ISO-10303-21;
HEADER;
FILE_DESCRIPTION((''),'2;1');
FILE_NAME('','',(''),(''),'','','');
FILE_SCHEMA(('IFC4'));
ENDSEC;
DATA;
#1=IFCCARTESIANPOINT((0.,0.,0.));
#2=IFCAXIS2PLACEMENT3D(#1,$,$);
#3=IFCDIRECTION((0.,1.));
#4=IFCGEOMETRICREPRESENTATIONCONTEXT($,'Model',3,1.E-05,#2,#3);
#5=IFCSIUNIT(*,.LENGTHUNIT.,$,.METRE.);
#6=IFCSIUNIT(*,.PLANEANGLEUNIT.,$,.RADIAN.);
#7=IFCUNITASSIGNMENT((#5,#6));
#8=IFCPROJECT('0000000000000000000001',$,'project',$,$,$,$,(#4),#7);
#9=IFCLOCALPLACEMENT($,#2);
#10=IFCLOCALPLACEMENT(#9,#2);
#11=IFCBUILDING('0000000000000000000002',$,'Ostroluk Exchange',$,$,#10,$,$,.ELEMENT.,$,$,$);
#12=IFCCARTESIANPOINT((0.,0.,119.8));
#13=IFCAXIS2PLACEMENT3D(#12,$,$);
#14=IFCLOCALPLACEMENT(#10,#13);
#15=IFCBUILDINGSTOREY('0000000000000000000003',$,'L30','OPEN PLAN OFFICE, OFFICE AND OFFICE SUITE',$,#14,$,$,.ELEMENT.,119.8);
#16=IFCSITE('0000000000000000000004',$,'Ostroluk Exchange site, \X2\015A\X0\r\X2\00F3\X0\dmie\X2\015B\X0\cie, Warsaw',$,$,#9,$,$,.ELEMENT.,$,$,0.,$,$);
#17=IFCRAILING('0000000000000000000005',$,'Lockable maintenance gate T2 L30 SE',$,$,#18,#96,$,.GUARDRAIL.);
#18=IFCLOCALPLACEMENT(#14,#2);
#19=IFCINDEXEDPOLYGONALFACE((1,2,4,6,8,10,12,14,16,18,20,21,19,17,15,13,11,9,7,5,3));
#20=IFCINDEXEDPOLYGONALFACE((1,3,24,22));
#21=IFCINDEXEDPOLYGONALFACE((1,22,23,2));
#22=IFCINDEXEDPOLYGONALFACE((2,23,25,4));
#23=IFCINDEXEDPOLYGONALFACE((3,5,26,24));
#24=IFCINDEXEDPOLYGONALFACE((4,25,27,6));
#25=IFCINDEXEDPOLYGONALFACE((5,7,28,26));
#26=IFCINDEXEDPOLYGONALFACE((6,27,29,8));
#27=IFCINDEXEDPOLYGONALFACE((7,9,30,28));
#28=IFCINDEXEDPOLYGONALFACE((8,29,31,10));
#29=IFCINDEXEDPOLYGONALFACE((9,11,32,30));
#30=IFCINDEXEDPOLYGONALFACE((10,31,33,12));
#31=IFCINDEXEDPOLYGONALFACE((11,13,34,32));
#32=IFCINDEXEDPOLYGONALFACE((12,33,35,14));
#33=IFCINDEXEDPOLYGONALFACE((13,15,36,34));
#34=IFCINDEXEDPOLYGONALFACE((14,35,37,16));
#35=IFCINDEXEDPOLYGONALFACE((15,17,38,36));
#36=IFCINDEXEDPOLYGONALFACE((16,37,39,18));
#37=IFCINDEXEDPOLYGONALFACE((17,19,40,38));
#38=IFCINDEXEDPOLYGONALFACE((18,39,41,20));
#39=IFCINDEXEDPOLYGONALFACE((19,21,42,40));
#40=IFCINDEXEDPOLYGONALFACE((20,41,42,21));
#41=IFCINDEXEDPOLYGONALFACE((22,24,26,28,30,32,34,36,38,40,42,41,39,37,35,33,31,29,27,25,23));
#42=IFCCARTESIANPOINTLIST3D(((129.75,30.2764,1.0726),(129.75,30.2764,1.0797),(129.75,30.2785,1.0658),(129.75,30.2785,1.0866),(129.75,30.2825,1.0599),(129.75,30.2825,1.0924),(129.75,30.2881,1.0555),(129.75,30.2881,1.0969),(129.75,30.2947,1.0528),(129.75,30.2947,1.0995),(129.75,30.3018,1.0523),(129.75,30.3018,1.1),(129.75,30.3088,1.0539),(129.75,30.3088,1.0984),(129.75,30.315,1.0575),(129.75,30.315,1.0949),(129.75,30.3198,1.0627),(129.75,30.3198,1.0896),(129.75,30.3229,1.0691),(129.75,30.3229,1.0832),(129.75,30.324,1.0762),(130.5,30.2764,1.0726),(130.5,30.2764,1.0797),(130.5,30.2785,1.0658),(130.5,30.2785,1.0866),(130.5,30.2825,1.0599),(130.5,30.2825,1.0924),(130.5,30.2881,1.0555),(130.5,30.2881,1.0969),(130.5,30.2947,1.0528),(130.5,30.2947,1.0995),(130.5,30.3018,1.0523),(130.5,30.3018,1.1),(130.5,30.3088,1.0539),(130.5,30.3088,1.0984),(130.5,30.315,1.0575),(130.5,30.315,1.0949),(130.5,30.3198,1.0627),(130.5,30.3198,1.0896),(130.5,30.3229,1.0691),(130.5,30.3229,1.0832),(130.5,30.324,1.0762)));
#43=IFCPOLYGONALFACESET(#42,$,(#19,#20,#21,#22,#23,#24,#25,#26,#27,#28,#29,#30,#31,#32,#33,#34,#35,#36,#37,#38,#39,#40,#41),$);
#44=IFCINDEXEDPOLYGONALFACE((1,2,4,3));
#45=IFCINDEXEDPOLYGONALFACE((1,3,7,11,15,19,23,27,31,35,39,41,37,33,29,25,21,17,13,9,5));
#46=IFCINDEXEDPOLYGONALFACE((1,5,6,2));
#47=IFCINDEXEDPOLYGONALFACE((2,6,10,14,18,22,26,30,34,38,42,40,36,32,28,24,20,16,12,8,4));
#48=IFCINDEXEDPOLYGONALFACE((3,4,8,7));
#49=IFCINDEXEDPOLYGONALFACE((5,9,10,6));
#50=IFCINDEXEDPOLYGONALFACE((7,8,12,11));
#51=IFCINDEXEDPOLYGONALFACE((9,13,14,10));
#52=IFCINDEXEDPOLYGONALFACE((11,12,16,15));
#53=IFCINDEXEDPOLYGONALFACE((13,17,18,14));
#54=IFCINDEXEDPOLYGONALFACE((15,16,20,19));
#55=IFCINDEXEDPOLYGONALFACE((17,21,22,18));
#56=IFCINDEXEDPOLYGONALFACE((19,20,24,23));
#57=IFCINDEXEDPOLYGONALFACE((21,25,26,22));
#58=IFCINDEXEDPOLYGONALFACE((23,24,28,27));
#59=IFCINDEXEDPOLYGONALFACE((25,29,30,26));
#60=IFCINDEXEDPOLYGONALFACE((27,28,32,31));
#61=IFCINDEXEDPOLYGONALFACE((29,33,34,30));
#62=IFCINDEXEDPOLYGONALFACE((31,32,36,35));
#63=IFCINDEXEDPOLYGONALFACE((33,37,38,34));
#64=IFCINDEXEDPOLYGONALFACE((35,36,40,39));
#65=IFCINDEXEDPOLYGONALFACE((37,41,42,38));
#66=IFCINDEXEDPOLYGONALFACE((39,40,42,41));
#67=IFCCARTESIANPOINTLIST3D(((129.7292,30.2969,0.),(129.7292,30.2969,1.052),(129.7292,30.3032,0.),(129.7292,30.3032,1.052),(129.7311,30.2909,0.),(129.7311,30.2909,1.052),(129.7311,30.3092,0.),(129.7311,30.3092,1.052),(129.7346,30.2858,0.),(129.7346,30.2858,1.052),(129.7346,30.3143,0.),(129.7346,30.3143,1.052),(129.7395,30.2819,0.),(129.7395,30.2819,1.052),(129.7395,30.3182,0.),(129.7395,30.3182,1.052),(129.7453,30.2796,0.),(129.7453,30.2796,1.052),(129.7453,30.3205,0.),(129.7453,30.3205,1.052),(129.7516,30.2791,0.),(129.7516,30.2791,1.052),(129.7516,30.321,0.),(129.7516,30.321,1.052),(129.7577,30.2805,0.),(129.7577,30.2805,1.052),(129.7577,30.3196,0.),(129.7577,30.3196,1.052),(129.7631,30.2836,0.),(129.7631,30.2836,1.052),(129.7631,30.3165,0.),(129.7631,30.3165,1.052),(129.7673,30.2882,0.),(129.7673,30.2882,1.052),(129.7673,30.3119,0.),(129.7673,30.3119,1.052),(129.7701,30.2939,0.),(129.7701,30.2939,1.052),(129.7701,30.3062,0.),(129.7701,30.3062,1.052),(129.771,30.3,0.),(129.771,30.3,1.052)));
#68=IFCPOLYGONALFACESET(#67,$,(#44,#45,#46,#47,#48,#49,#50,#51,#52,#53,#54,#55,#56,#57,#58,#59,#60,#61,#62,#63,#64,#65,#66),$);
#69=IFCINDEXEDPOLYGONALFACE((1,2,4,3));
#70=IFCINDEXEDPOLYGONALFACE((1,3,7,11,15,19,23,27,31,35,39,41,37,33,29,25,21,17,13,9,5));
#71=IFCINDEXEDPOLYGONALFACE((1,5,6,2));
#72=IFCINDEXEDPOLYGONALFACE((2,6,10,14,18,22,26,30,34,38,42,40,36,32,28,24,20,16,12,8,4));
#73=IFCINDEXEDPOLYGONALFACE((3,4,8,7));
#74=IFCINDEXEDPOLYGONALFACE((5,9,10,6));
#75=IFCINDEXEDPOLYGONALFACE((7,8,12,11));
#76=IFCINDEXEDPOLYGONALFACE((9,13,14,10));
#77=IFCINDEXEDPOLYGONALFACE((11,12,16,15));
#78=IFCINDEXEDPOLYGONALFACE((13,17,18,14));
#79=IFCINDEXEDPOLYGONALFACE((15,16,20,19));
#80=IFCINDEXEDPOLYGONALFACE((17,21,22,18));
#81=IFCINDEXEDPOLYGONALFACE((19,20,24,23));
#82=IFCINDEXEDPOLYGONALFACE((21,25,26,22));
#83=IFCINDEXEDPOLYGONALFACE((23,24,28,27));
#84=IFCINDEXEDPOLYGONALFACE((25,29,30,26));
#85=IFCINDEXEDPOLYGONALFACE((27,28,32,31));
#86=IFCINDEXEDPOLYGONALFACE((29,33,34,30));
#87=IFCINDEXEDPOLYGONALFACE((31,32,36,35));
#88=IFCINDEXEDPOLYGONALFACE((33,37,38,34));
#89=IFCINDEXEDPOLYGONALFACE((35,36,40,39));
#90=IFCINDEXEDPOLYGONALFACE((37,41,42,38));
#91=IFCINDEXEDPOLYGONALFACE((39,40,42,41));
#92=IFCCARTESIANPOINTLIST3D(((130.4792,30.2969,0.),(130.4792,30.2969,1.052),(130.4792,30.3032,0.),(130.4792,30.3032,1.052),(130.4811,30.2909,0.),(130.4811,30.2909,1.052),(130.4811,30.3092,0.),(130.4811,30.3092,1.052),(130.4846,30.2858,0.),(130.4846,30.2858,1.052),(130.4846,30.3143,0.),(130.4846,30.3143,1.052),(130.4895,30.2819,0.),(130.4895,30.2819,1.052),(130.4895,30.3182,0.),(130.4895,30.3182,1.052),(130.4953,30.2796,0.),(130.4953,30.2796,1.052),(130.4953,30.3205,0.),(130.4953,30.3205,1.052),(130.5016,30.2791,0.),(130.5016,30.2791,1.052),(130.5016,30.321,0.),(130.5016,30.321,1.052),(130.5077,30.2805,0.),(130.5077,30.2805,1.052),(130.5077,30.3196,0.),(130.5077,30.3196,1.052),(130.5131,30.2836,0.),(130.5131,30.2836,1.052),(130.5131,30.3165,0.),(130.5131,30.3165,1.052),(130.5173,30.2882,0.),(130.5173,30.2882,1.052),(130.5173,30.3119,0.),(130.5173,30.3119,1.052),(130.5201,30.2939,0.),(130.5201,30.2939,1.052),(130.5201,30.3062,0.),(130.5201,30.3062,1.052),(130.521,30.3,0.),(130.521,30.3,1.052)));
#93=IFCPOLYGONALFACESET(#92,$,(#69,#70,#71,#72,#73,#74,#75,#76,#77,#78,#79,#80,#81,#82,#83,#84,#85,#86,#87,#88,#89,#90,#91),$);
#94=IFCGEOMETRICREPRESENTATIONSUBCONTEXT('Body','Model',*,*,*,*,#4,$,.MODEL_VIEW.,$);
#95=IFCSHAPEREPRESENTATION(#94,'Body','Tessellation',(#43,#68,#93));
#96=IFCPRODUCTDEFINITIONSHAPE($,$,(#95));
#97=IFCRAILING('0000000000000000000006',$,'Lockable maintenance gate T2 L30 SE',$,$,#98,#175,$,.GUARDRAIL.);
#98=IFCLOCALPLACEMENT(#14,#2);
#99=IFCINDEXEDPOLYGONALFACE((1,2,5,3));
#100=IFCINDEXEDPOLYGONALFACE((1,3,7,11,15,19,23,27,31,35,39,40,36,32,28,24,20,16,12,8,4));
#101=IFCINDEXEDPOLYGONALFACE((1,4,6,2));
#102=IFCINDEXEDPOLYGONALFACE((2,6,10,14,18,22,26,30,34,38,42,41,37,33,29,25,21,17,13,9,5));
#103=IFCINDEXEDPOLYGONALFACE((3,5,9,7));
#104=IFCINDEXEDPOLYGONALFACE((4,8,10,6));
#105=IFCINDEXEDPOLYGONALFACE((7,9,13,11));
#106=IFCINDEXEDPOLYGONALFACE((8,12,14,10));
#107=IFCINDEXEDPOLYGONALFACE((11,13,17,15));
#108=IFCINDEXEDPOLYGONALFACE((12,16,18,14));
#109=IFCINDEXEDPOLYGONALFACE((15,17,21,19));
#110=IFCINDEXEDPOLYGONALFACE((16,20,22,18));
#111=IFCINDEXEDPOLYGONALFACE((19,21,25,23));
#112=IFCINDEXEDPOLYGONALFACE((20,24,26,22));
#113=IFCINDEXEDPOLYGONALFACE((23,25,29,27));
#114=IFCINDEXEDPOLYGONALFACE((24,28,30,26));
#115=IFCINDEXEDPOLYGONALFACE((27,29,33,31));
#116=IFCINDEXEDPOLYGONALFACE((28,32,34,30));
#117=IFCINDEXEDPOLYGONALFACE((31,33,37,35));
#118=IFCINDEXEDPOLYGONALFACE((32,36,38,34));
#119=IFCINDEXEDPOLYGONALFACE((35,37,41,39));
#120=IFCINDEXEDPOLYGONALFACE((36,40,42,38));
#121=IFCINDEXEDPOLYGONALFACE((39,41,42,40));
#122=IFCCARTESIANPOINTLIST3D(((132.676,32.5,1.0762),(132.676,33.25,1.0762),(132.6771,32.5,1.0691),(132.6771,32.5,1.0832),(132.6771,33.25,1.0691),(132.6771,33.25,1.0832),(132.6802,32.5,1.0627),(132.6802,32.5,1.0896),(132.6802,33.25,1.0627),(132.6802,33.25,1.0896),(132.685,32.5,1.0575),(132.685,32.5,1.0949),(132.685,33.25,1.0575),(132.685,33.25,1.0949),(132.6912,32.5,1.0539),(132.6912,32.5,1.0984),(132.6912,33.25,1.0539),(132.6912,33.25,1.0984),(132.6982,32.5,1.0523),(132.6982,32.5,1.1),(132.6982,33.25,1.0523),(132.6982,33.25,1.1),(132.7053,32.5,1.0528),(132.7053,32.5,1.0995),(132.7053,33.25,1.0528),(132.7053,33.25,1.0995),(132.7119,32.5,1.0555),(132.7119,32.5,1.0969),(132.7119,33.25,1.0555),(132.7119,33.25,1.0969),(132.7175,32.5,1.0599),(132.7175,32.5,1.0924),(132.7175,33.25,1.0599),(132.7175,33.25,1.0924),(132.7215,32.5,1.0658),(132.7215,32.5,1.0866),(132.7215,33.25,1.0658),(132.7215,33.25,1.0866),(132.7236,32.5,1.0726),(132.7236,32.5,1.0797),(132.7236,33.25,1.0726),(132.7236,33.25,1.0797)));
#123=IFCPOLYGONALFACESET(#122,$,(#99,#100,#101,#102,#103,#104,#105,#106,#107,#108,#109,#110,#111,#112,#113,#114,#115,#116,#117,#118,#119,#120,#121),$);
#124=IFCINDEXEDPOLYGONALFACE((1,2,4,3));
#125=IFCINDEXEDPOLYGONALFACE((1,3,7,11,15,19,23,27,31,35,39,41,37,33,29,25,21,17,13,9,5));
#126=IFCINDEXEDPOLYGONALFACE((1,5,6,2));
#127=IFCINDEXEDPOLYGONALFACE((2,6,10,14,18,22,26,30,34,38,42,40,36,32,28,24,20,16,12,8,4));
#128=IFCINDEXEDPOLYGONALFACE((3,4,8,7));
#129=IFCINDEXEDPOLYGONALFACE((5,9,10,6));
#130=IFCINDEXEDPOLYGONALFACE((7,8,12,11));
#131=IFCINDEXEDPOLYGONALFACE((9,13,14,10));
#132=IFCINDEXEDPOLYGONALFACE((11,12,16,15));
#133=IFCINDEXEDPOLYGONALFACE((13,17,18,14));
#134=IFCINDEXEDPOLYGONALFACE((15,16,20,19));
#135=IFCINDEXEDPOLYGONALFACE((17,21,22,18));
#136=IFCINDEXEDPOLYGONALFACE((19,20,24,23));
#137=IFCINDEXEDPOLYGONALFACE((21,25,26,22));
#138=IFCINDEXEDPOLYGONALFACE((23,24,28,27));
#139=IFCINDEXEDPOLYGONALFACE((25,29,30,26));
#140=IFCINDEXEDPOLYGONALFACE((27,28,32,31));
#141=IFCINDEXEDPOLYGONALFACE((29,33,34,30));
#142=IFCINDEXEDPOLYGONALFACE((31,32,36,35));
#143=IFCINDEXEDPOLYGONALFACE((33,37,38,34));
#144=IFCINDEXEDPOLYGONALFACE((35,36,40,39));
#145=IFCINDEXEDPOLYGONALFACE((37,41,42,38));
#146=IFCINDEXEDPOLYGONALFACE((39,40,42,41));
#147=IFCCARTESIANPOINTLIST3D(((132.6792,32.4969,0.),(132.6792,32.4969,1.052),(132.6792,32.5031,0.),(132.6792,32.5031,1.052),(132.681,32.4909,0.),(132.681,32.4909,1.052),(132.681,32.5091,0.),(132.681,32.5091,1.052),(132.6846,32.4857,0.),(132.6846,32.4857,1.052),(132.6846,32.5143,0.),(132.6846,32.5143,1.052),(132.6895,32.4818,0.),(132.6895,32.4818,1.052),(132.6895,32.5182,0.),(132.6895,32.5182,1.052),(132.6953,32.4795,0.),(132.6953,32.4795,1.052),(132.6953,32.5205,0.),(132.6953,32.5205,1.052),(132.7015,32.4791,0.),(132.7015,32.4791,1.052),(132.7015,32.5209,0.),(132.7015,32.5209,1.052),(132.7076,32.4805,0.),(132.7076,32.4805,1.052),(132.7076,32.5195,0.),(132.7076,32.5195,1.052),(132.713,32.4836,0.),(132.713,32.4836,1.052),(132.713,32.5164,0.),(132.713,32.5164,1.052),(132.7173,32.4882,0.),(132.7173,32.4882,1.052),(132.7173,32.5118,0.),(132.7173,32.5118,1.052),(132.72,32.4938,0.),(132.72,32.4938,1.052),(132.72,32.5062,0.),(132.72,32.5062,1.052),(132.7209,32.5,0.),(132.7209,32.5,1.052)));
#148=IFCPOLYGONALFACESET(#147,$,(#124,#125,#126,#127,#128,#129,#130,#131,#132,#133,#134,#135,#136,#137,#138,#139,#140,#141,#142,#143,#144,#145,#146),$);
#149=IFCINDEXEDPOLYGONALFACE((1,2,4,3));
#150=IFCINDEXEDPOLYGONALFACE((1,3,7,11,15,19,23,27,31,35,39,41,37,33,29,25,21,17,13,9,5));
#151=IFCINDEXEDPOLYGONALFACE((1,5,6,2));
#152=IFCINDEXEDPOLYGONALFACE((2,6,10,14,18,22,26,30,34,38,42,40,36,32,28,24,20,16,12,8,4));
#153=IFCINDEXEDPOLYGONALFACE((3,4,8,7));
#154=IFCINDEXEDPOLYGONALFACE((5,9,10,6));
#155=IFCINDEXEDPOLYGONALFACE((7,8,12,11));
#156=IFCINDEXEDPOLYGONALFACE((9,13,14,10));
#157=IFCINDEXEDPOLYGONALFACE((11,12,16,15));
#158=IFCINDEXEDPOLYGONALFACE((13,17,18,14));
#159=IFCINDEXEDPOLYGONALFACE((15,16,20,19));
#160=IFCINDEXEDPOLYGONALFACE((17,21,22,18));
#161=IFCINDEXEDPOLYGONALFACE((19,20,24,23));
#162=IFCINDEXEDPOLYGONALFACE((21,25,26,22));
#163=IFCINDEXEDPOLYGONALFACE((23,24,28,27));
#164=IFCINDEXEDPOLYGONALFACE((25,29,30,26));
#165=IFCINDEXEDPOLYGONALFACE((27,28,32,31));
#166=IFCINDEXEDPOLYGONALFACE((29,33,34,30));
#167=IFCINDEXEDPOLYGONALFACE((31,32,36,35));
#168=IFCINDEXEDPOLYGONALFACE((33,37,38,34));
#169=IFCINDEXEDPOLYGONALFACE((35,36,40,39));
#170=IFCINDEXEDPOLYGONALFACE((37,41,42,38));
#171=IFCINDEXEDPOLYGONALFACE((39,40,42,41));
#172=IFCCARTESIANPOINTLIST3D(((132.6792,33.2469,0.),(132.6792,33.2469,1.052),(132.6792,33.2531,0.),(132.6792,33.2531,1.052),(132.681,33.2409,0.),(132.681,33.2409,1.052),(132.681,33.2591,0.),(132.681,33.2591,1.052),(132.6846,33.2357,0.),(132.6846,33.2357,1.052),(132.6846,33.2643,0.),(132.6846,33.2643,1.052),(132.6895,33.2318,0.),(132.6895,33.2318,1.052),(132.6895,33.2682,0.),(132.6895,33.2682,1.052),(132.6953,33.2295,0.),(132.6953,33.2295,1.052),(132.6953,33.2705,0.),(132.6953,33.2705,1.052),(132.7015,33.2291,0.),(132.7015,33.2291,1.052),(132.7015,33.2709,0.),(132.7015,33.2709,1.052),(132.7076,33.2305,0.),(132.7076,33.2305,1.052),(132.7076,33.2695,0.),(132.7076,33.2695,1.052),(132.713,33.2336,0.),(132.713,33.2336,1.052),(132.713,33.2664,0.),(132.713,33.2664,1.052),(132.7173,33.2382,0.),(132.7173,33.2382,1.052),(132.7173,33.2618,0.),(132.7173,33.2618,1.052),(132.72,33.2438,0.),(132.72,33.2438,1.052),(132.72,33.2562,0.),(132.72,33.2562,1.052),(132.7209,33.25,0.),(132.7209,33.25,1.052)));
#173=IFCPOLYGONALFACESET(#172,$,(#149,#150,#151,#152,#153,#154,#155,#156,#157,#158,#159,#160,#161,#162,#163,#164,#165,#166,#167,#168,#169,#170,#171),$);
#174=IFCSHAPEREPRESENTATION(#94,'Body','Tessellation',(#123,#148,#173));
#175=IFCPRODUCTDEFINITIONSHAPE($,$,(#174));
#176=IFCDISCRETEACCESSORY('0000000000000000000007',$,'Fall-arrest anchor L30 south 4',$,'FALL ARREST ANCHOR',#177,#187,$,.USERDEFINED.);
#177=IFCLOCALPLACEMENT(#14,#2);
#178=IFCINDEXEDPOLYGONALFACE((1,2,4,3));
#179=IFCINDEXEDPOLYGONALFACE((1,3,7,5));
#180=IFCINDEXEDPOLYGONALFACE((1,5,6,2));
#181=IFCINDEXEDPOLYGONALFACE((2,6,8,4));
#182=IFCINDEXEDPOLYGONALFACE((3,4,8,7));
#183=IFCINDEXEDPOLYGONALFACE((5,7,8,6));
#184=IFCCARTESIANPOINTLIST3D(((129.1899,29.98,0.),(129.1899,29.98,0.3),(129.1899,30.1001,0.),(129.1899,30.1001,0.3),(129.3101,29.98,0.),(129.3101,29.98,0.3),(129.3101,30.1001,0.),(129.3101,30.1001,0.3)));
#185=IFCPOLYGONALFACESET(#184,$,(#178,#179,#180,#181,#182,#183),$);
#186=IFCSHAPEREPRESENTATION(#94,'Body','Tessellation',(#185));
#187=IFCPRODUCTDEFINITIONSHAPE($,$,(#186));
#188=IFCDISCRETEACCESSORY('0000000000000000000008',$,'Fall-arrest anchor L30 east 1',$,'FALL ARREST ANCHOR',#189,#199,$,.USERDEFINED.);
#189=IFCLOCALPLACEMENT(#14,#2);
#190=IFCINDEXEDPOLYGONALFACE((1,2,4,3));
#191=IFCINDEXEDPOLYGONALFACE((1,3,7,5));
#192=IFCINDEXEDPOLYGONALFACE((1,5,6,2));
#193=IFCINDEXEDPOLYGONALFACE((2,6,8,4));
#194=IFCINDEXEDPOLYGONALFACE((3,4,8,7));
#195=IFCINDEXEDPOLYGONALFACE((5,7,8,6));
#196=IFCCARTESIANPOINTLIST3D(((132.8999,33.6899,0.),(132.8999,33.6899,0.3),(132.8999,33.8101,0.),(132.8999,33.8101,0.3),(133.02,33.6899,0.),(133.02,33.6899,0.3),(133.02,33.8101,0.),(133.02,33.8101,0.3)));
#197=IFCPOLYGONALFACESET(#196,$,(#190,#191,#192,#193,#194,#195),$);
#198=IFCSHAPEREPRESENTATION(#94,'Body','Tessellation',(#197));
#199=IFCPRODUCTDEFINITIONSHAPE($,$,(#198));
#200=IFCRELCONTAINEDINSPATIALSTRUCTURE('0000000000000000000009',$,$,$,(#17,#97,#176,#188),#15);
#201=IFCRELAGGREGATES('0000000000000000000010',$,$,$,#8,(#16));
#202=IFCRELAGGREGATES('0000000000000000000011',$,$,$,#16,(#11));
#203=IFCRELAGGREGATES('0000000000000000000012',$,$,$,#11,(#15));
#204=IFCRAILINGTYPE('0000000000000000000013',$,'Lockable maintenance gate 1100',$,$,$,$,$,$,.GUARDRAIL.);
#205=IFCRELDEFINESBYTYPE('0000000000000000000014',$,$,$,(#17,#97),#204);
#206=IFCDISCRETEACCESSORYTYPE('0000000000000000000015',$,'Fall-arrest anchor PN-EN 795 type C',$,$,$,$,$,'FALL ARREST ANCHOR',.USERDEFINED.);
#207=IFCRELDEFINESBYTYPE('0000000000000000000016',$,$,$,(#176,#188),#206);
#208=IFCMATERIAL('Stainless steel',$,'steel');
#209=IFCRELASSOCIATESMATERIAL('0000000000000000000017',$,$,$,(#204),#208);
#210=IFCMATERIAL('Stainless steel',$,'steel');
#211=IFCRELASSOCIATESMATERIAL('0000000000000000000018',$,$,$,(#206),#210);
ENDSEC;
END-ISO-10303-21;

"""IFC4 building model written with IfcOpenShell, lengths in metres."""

from ifc_helpers import new_model, si_unit, direction, frame, origin, origin_2d, place, context, subcontext, project, spatial, rectangle, circle, extrude, material, type_object, element, save


model = new_model("IFC4")

# Units and contexts
model_context = context("Model", 3, precision=1e-05, world=origin(), true_north=direction((0.0, 1.0)))
body_context = subcontext(model_context, "Body", "Model", "MODEL_VIEW")
ifc_project = project(units=[si_unit("LENGTHUNIT", "METRE"), si_unit("PLANEANGLEUNIT", "RADIAN")], contexts=[model_context])

# Site, building, storey
site_placement = place(None, origin())
site = spatial("IfcSite", under=ifc_project, at=site_placement, Name="Ostroluk Exchange site, Śródmieście, Warsaw", CompositionType="ELEMENT", RefElevation=0.0)
building_placement = place(site_placement, origin())
building = spatial("IfcBuilding", under=site, at=building_placement, Name="Ostroluk Exchange", CompositionType="ELEMENT")
storey_placement = place(building_placement, frame((0.0, 0.0, 119.8)))
storey = spatial("IfcBuildingStorey", under=building, at=storey_placement, Name="L30", Description="OPEN PLAN OFFICE, OFFICE AND OFFICE SUITE", CompositionType="ELEMENT", Elevation=119.8)

# Railings
ifc_material_1 = material(Name="Stainless steel", Category="steel")
railing_type_1 = type_object("IfcRailingType", Name="Lockable maintenance gate 1100", PredefinedType="GUARDRAIL", material=ifc_material_1)
railing_1_placement = place(storey_placement, frame((129.75, 30.3, 0.0)))
element("IfcRailing", 1, at=railing_1_placement, inside=storey, type_object=railing_type_1, Name="Lockable maintenance gate T2 L30 SE", PredefinedType="GUARDRAIL", context=body_context, shape_type="SweptSolid", body=[
    extrude(circle(Radius=0.0239, at=origin_2d()), frame((0.0, 0.0, 1.0762), z_axis=(1.0, 0.0, 0.0), x_axis=(0.0, 1.0, 0.0)), (0.0, 0.0, 1.0), 0.75),
    extrude(circle(Radius=0.021, at=origin_2d()), origin(), (0.0, 0.0, 1.0), 1.052),
    extrude(circle(Radius=0.021, at=origin_2d()), frame((0.75, 0.0, 0.0)), (0.0, 0.0, 1.0), 1.052),
])
railing_2_placement = place(storey_placement, frame((132.7, 32.5, 0.0)))
element("IfcRailing", 2, at=railing_2_placement, inside=storey, type_object=railing_type_1, Name="Lockable maintenance gate T2 L30 SE", PredefinedType="GUARDRAIL", context=body_context, shape_type="SweptSolid", body=[
    extrude(circle(Radius=0.0239, at=origin_2d()), frame((0.0, 0.0, 1.0762), z_axis=(0.0, 1.0, 0.0), x_axis=(-1.0, 0.0, 0.0)), (0.0, 0.0, 1.0), 0.75),
    extrude(circle(Radius=0.021, at=origin_2d()), origin(), (0.0, 0.0, 1.0), 1.052),
    extrude(circle(Radius=0.021, at=origin_2d()), frame((0.0, 0.75, 0.0)), (0.0, 0.0, 1.0), 1.052),
])

# Discrete accessories
ifc_material_2 = material(Name="Stainless steel", Category="steel")
discrete_accessory_type = type_object("IfcDiscreteAccessoryType", Name="Fall-arrest anchor PN-EN 795 type C", ElementType="FALL ARREST ANCHOR", PredefinedType="USERDEFINED", material=ifc_material_2)
for number, where, z_axis, x_axis, name in (
    (3, (129.25, 30.04, 0.0), (0.0, 0.0, 1.0), (1.0, 0.0, 0.0), "Fall-arrest anchor L30 south 4"),
    (4, (132.96, 33.75, 0.0), (0.0, 0.0, 1.0), (1.0, 0.0, 0.0), "Fall-arrest anchor L30 east 1"),
):
    element("IfcDiscreteAccessory", number, at=place(storey_placement, frame(where, z_axis=z_axis, x_axis=x_axis)), inside=storey, type_object=discrete_accessory_type, Name=name, ObjectType="FALL ARREST ANCHOR", PredefinedType="USERDEFINED", context=body_context, shape_type="SweptSolid", body=[
        extrude(rectangle(XDim=0.1201, YDim=0.1201, at=origin_2d()), origin(), (0.0, 0.0, 1.0), 0.3),
    ])

save(model, "model.ifc")
